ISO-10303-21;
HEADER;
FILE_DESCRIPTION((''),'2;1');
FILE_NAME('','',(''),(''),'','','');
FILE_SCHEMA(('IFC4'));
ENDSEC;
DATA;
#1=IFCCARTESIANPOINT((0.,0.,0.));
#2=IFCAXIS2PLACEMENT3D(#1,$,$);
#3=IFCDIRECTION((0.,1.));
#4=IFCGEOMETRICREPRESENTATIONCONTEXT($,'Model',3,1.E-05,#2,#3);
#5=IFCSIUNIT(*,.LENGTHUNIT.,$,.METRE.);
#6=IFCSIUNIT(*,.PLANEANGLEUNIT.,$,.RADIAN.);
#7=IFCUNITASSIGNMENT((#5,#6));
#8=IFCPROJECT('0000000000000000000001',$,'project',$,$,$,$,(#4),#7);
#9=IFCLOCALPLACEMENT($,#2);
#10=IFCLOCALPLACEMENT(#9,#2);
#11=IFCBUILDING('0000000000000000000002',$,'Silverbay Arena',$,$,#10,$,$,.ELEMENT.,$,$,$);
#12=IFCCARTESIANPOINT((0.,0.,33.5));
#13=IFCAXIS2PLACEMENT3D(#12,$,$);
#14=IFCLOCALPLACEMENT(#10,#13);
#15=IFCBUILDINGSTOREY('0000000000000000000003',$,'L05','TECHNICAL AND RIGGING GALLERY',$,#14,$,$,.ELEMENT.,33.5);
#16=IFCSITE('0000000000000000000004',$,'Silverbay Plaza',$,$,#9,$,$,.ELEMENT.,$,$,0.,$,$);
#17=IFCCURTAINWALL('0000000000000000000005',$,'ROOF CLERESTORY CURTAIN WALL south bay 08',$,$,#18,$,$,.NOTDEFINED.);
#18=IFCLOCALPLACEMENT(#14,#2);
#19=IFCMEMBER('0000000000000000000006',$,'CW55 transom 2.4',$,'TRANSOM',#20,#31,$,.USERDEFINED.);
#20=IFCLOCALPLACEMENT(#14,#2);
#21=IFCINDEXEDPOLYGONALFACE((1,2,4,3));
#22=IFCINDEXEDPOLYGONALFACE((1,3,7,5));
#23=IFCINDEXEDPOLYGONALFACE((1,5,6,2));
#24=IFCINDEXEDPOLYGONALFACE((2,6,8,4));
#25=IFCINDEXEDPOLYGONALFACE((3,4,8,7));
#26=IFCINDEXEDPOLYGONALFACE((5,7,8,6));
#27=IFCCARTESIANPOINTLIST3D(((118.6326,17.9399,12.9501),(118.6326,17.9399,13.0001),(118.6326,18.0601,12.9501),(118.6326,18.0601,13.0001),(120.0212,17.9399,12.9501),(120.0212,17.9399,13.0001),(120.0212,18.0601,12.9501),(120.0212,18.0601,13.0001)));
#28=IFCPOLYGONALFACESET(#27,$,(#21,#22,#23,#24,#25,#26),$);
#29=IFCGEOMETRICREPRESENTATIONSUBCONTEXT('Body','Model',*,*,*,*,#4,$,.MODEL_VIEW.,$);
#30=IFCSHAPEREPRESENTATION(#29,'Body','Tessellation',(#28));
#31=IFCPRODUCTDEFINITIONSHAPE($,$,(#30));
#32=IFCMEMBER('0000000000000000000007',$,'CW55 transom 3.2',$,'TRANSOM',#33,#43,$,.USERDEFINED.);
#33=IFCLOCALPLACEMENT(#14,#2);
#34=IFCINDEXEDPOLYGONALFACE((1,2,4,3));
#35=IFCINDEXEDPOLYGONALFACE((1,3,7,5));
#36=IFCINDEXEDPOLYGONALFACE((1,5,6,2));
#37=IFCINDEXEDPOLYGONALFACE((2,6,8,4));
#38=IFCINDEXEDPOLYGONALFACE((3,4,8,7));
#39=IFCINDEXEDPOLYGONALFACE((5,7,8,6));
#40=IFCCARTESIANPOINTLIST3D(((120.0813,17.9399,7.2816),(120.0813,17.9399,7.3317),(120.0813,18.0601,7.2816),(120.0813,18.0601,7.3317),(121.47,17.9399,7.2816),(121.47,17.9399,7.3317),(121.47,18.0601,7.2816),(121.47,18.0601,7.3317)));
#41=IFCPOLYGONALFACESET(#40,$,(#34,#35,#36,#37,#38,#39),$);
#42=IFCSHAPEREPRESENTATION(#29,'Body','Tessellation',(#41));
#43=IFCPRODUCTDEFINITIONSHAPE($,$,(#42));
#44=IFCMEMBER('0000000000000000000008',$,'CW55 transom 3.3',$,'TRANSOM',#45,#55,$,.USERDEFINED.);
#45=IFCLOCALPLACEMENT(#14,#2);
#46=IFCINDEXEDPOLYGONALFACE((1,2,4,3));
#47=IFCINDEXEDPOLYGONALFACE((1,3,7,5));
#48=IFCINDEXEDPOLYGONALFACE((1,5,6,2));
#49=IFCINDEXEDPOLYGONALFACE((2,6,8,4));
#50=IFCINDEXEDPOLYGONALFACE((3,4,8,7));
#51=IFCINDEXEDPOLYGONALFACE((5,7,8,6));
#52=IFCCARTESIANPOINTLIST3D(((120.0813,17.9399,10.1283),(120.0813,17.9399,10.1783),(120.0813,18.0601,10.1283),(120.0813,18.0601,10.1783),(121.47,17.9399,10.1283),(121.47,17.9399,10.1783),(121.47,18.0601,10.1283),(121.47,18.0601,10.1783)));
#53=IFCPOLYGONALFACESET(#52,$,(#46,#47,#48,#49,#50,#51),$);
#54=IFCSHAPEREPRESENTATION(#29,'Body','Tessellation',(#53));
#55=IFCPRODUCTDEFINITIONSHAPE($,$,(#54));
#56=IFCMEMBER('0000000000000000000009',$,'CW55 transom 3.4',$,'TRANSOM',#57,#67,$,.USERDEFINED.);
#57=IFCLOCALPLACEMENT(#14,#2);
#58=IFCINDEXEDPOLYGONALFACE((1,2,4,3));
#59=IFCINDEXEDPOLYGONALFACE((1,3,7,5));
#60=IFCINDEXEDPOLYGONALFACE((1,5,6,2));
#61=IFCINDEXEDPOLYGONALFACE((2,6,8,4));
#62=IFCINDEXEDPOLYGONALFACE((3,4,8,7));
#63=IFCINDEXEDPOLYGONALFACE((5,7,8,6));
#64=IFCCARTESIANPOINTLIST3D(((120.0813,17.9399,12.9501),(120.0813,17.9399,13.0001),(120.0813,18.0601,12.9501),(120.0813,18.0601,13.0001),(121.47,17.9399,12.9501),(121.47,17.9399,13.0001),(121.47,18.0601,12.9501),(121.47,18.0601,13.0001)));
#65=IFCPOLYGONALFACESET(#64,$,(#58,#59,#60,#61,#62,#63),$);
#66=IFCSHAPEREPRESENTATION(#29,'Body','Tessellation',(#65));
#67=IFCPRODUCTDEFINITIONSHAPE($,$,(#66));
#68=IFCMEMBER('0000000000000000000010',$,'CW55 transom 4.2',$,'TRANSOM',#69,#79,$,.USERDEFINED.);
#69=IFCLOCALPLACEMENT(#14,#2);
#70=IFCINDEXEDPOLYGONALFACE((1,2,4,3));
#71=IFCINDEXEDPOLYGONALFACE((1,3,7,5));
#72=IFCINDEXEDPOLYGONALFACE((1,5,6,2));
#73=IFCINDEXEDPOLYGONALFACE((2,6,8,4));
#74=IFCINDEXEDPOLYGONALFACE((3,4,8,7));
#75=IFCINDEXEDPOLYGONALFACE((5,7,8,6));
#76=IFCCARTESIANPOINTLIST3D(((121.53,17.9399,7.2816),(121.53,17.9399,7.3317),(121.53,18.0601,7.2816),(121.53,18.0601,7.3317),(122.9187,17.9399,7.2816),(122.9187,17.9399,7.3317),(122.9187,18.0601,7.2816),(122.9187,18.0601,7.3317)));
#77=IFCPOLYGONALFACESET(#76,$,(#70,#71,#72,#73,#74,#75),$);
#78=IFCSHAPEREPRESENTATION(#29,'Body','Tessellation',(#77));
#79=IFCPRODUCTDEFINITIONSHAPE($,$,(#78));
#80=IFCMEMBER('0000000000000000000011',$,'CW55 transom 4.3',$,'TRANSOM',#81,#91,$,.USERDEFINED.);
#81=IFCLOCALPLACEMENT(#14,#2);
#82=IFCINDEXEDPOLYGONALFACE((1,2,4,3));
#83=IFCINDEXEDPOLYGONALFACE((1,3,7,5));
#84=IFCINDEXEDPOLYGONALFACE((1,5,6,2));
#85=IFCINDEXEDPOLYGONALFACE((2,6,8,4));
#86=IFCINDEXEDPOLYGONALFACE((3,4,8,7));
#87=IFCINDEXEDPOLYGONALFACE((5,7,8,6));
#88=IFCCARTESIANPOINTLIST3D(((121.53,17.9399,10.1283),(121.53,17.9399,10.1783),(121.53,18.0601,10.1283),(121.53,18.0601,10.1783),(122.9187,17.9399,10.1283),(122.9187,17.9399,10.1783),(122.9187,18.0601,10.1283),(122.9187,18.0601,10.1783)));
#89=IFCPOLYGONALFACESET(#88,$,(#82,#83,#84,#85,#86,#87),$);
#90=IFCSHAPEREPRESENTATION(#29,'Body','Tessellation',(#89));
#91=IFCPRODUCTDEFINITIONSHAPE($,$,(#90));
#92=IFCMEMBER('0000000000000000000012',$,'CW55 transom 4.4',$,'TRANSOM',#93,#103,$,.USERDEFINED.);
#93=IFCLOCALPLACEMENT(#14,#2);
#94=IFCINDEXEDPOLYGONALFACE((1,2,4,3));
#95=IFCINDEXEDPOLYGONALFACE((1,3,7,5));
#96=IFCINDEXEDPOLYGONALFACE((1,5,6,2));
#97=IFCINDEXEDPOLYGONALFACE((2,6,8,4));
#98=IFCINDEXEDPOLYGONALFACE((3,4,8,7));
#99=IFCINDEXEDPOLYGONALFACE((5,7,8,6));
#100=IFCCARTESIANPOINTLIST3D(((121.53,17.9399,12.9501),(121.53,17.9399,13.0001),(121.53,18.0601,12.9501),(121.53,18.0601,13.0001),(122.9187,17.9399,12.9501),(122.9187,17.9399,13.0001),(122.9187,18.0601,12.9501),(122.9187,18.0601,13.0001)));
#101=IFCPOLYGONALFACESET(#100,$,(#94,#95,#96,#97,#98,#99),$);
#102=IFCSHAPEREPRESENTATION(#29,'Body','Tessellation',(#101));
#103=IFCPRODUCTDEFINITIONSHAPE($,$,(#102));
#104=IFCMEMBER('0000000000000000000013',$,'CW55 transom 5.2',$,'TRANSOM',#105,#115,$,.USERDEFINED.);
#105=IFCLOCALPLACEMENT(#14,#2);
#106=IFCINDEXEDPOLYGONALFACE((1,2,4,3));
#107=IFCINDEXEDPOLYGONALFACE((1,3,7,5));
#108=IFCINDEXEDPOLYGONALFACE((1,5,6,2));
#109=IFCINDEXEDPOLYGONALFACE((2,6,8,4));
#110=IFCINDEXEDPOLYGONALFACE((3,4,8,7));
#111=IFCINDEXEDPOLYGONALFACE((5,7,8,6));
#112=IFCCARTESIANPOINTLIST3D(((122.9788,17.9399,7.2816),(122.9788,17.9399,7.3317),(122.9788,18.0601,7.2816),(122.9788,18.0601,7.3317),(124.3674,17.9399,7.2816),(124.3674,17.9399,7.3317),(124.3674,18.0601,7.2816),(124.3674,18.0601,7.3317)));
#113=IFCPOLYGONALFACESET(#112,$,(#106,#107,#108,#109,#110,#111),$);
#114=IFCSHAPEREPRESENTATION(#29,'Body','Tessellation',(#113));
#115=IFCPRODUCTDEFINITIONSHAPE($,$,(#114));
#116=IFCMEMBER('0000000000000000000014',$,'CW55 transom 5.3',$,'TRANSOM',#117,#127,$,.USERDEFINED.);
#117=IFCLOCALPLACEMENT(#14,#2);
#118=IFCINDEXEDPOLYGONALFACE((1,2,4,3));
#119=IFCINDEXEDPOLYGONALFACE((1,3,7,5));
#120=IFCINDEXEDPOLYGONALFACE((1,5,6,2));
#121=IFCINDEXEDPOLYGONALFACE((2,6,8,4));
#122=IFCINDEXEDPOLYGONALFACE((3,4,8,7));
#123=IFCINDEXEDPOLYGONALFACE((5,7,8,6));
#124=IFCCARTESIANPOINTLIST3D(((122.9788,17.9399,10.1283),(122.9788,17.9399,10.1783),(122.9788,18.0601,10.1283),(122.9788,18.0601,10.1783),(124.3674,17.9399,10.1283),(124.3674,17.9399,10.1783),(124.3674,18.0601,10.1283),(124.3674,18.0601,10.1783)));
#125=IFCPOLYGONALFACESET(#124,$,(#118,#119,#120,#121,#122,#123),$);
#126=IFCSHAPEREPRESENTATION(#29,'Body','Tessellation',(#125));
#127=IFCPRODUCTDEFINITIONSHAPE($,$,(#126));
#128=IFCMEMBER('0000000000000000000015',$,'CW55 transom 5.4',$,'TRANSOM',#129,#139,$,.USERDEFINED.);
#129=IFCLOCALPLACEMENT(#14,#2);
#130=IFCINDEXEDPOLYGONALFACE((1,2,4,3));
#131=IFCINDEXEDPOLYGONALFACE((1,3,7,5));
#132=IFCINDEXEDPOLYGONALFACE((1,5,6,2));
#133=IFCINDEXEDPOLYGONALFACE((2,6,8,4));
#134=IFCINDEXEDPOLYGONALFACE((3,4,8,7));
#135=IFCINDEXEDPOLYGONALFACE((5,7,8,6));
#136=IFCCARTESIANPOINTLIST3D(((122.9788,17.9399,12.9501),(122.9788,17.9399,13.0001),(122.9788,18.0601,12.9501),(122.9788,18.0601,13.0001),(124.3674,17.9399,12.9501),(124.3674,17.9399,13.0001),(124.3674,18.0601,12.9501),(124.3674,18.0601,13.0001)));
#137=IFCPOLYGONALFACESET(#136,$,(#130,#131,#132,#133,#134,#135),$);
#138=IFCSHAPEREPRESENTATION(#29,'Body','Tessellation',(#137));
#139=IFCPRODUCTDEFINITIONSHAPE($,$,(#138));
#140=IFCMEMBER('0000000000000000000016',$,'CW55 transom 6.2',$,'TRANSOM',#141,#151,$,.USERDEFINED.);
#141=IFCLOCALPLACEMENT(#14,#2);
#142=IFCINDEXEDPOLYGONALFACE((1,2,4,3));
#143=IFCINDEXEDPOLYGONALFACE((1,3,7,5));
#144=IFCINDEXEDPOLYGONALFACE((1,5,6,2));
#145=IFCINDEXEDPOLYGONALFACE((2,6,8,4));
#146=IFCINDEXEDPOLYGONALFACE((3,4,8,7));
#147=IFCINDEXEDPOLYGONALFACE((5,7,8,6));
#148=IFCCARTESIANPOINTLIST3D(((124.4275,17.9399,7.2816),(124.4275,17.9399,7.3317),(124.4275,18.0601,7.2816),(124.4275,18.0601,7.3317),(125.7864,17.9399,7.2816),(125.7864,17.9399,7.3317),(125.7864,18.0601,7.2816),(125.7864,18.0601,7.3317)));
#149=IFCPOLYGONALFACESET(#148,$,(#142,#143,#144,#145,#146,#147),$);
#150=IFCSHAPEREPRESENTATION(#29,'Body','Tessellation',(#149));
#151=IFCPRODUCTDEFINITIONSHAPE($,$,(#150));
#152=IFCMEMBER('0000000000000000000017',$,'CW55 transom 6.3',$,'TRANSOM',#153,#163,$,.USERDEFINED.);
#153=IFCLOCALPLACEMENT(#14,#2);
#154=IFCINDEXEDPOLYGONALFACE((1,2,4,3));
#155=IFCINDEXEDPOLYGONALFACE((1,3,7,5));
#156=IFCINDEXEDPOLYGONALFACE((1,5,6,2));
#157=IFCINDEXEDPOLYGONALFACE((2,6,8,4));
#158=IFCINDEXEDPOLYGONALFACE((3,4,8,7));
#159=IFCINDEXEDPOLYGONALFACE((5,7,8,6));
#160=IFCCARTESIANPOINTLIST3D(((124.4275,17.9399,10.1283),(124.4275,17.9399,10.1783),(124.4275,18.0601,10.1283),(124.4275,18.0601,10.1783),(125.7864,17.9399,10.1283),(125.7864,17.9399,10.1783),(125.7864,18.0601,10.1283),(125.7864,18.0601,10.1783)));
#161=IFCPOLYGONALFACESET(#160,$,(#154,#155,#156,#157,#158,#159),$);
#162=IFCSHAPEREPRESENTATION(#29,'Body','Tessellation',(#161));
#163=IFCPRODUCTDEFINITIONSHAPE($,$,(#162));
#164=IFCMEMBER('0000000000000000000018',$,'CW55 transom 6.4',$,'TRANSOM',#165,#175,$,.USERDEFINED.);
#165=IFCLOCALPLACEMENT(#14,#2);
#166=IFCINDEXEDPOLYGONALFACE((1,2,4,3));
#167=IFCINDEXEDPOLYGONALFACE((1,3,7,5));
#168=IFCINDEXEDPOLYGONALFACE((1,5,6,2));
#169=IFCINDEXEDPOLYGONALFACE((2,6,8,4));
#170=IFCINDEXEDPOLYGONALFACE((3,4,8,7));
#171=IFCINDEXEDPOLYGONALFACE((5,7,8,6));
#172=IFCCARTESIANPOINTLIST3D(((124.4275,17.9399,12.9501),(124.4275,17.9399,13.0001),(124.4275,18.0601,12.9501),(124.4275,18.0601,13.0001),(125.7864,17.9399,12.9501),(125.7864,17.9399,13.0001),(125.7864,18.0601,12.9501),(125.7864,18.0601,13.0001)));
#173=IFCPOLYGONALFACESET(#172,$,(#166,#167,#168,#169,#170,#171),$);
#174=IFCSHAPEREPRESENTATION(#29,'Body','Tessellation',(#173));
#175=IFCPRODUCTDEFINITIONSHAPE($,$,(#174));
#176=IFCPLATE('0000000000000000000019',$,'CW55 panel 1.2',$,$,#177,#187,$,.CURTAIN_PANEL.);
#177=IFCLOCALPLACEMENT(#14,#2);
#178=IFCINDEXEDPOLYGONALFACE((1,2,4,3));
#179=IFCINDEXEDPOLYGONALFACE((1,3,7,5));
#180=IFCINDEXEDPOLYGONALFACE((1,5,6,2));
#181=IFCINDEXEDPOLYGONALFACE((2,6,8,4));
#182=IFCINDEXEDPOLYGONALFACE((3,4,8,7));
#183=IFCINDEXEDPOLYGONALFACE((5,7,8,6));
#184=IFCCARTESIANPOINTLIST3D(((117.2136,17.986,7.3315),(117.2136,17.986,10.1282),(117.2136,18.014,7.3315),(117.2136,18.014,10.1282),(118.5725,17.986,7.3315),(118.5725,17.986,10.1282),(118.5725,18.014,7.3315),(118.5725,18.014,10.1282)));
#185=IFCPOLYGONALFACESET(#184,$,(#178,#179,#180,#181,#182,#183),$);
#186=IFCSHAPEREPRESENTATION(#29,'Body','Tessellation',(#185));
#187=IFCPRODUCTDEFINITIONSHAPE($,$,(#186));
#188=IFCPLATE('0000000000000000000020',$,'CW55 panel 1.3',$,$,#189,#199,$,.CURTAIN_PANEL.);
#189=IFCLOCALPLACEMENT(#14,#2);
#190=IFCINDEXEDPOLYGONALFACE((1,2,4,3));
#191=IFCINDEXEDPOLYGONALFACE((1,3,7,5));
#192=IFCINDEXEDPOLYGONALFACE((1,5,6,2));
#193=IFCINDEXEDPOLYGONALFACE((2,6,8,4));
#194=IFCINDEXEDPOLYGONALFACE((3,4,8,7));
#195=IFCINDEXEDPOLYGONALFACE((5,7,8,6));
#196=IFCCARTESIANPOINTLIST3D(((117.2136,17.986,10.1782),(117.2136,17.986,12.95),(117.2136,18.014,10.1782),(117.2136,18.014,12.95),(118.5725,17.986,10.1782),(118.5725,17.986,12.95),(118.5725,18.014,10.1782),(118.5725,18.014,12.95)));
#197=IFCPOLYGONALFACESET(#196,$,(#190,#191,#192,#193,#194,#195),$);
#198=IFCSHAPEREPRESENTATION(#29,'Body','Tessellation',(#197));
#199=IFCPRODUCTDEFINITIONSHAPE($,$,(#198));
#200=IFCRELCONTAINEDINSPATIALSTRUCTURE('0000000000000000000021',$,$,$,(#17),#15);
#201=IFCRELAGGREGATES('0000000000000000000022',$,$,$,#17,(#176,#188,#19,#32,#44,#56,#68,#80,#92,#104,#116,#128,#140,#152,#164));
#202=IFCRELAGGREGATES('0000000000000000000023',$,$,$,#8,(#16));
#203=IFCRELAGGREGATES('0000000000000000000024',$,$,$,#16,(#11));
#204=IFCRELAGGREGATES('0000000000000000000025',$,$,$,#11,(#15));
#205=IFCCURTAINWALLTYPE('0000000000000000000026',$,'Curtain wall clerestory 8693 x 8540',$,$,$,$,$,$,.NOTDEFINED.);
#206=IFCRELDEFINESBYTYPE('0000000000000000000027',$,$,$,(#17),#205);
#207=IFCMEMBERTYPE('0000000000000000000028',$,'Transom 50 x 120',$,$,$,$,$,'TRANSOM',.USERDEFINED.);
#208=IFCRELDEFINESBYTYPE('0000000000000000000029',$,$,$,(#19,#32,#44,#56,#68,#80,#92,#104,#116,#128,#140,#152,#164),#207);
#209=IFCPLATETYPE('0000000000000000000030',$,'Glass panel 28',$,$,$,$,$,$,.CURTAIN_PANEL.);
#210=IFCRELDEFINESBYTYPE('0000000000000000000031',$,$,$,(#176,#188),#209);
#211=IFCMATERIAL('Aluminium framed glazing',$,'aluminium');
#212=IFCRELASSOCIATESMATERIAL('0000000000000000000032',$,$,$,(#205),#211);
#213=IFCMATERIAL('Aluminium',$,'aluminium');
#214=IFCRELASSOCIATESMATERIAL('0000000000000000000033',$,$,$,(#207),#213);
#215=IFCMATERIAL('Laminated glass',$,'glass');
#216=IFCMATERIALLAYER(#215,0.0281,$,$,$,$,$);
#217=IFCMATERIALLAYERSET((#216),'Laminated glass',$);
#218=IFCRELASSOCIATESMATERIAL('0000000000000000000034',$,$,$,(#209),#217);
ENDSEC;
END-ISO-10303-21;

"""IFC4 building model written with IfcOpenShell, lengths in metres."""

from ifc_helpers import new_model, si_unit, direction, frame, origin, origin_2d, place, context, subcontext, project, spatial, rectangle, extrude, material, layer, layer_set, material_profile, profile_set, type_object, element, aggregate, save


model = new_model("IFC4")

# Units and contexts
model_context = context("Model", 3, precision=1e-05, world=origin(), true_north=direction((0.0, 1.0)))
body_context = subcontext(model_context, "Body", "Model", "MODEL_VIEW")
ifc_project = project(units=[si_unit("LENGTHUNIT", "METRE"), si_unit("PLANEANGLEUNIT", "RADIAN")], contexts=[model_context])

# Site, building, storey
site_placement = place(None, origin())
site = spatial("IfcSite", under=ifc_project, at=site_placement, Name="Silverbay Plaza", CompositionType="ELEMENT", RefElevation=0.0)
building_placement = place(site_placement, origin())
building = spatial("IfcBuilding", under=site, at=building_placement, Name="Silverbay Arena", CompositionType="ELEMENT")
storey_placement = place(building_placement, frame((0.0, 0.0, 33.5)))
storey = spatial("IfcBuildingStorey", under=building, at=storey_placement, Name="L05", Description="TECHNICAL AND RIGGING GALLERY", CompositionType="ELEMENT", Elevation=33.5)

# Curtain wall, members, plates
ifc_material_1 = material(Name="Aluminium framed glazing", Category="aluminium")
curtain_wall_type = type_object("IfcCurtainWallType", Name="Curtain wall clerestory 8693 x 8540", PredefinedType="NOTDEFINED", material=ifc_material_1)
curtain_wall_placement = place(storey_placement, origin())
curtain_wall = element("IfcCurtainWall", 1, at=curtain_wall_placement, inside=storey, type_object=curtain_wall_type, Name="ROOF CLERESTORY CURTAIN WALL south bay 08", PredefinedType="NOTDEFINED")
ifc_material_2 = material(Name="Aluminium", Category="aluminium")
ifc_material_profile_1 = material_profile(ifc_material_2, rectangle(XDim=0.1201, YDim=0.05, at=origin_2d()), Name="Transom 50 x 120")
ifc_profile_set_1 = profile_set([ifc_material_profile_1], Name="Aluminium")
member_type_1 = type_object("IfcMemberType", Name="Transom 50 x 120", ElementType="TRANSOM", PredefinedType="USERDEFINED", material=ifc_profile_set_1)
member_1_placement = place(storey_placement, frame((118.6326, 18.0, 12.9751), z_axis=(1.0, 0.0, 0.0), x_axis=(0.0, 1.0, 0.0)))
member_1 = element("IfcMember", 2, at=member_1_placement, type_object=member_type_1, Name="CW55 transom 2.4", ObjectType="TRANSOM", PredefinedType="USERDEFINED", context=body_context, shape_type="SweptSolid", body=[
    extrude(rectangle(XDim=0.1201, YDim=0.05, at=origin_2d()), origin(), (0.0, 0.0, 1.0), 1.3887),
])
member_2_placement = place(storey_placement, frame((120.0813, 18.0, 7.3066), z_axis=(1.0, 0.0, 0.0), x_axis=(0.0, 1.0, 0.0)))
member_2 = element("IfcMember", 3, at=member_2_placement, type_object=member_type_1, Name="CW55 transom 3.2", ObjectType="TRANSOM", PredefinedType="USERDEFINED", context=body_context, shape_type="SweptSolid", body=[
    extrude(rectangle(XDim=0.1201, YDim=0.05, at=origin_2d()), origin(), (0.0, 0.0, 1.0), 1.3887),
])
member_3_placement = place(storey_placement, frame((120.0813, 18.0, 10.1533), z_axis=(1.0, 0.0, 0.0), x_axis=(0.0, 1.0, 0.0)))
member_3 = element("IfcMember", 4, at=member_3_placement, type_object=member_type_1, Name="CW55 transom 3.3", ObjectType="TRANSOM", PredefinedType="USERDEFINED", context=body_context, shape_type="SweptSolid", body=[
    extrude(rectangle(XDim=0.1201, YDim=0.05, at=origin_2d()), origin(), (0.0, 0.0, 1.0), 1.3887),
])
member_4_placement = place(storey_placement, frame((120.0813, 18.0, 12.9751), z_axis=(1.0, 0.0, 0.0), x_axis=(0.0, 1.0, 0.0)))
member_4 = element("IfcMember", 5, at=member_4_placement, type_object=member_type_1, Name="CW55 transom 3.4", ObjectType="TRANSOM", PredefinedType="USERDEFINED", context=body_context, shape_type="SweptSolid", body=[
    extrude(rectangle(XDim=0.1201, YDim=0.05, at=origin_2d()), origin(), (0.0, 0.0, 1.0), 1.3887),
])
member_5_placement = place(storey_placement, frame((121.53, 18.0, 7.3066), z_axis=(1.0, 0.0, 0.0), x_axis=(0.0, 1.0, 0.0)))
member_5 = element("IfcMember", 6, at=member_5_placement, type_object=member_type_1, Name="CW55 transom 4.2", ObjectType="TRANSOM", PredefinedType="USERDEFINED", context=body_context, shape_type="SweptSolid", body=[
    extrude(rectangle(XDim=0.1201, YDim=0.05, at=origin_2d()), origin(), (0.0, 0.0, 1.0), 1.3887),
])
member_6_placement = place(storey_placement, frame((121.53, 18.0, 10.1533), z_axis=(1.0, 0.0, 0.0), x_axis=(0.0, 1.0, 0.0)))
member_6 = element("IfcMember", 7, at=member_6_placement, type_object=member_type_1, Name="CW55 transom 4.3", ObjectType="TRANSOM", PredefinedType="USERDEFINED", context=body_context, shape_type="SweptSolid", body=[
    extrude(rectangle(XDim=0.1201, YDim=0.05, at=origin_2d()), origin(), (0.0, 0.0, 1.0), 1.3887),
])
member_7_placement = place(storey_placement, frame((121.53, 18.0, 12.9751), z_axis=(1.0, 0.0, 0.0), x_axis=(0.0, 1.0, 0.0)))
member_7 = element("IfcMember", 8, at=member_7_placement, type_object=member_type_1, Name="CW55 transom 4.4", ObjectType="TRANSOM", PredefinedType="USERDEFINED", context=body_context, shape_type="SweptSolid", body=[
    extrude(rectangle(XDim=0.1201, YDim=0.05, at=origin_2d()), origin(), (0.0, 0.0, 1.0), 1.3887),
])
member_8_placement = place(storey_placement, frame((122.9788, 18.0, 7.3066), z_axis=(1.0, 0.0, 0.0), x_axis=(0.0, 1.0, 0.0)))
member_8 = element("IfcMember", 9, at=member_8_placement, type_object=member_type_1, Name="CW55 transom 5.2", ObjectType="TRANSOM", PredefinedType="USERDEFINED", context=body_context, shape_type="SweptSolid", body=[
    extrude(rectangle(XDim=0.1201, YDim=0.05, at=origin_2d()), origin(), (0.0, 0.0, 1.0), 1.3887),
])
member_9_placement = place(storey_placement, frame((122.9788, 18.0, 10.1533), z_axis=(1.0, 0.0, 0.0), x_axis=(0.0, 1.0, 0.0)))
member_9 = element("IfcMember", 10, at=member_9_placement, type_object=member_type_1, Name="CW55 transom 5.3", ObjectType="TRANSOM", PredefinedType="USERDEFINED", context=body_context, shape_type="SweptSolid", body=[
    extrude(rectangle(XDim=0.1201, YDim=0.05, at=origin_2d()), origin(), (0.0, 0.0, 1.0), 1.3887),
])
member_10_placement = place(storey_placement, frame((122.9788, 18.0, 12.9751), z_axis=(1.0, 0.0, 0.0), x_axis=(0.0, 1.0, 0.0)))
member_10 = element("IfcMember", 11, at=member_10_placement, type_object=member_type_1, Name="CW55 transom 5.4", ObjectType="TRANSOM", PredefinedType="USERDEFINED", context=body_context, shape_type="SweptSolid", body=[
    extrude(rectangle(XDim=0.1201, YDim=0.05, at=origin_2d()), origin(), (0.0, 0.0, 1.0), 1.3887),
])
member_11_placement = place(storey_placement, frame((124.4275, 18.0, 7.3066), z_axis=(1.0, 0.0, 0.0), x_axis=(0.0, 1.0, 0.0)))
member_11 = element("IfcMember", 12, at=member_11_placement, type_object=member_type_1, Name="CW55 transom 6.2", ObjectType="TRANSOM", PredefinedType="USERDEFINED", context=body_context, shape_type="SweptSolid", body=[
    extrude(rectangle(XDim=0.1201, YDim=0.05, at=origin_2d()), origin(), (0.0, 0.0, 1.0), 1.3589),
])
member_12_placement = place(storey_placement, frame((124.4275, 18.0, 10.1533), z_axis=(1.0, 0.0, 0.0), x_axis=(0.0, 1.0, 0.0)))
member_12 = element("IfcMember", 13, at=member_12_placement, type_object=member_type_1, Name="CW55 transom 6.3", ObjectType="TRANSOM", PredefinedType="USERDEFINED", context=body_context, shape_type="SweptSolid", body=[
    extrude(rectangle(XDim=0.1201, YDim=0.05, at=origin_2d()), origin(), (0.0, 0.0, 1.0), 1.3589),
])
member_13_placement = place(storey_placement, frame((124.4275, 18.0, 12.9751), z_axis=(1.0, 0.0, 0.0), x_axis=(0.0, 1.0, 0.0)))
member_13 = element("IfcMember", 14, at=member_13_placement, type_object=member_type_1, Name="CW55 transom 6.4", ObjectType="TRANSOM", PredefinedType="USERDEFINED", context=body_context, shape_type="SweptSolid", body=[
    extrude(rectangle(XDim=0.1201, YDim=0.05, at=origin_2d()), origin(), (0.0, 0.0, 1.0), 1.3589),
])
ifc_material_3 = material(Name="Laminated glass", Category="glass")
ifc_layer = layer(ifc_material_3, 0.0281)
ifc_layer_set = layer_set([ifc_layer], Name="Laminated glass")
plate_type = type_object("IfcPlateType", Name="Glass panel 28", PredefinedType="CURTAIN_PANEL", material=ifc_layer_set)
plate_1_placement = place(storey_placement, frame((117.8931, 18.0, 7.3315), z_axis=(0.0, 0.0, 1.0), x_axis=(1.0, 0.0, 0.0)))
plate_1 = element("IfcPlate", 15, at=plate_1_placement, type_object=plate_type, Name="CW55 panel 1.2", PredefinedType="CURTAIN_PANEL", context=body_context, shape_type="SweptSolid", body=[
    extrude(rectangle(XDim=1.3589, YDim=0.0281, at=origin_2d()), origin(), (0.0, 0.0, 1.0), 2.7966),
])
plate_2_placement = place(storey_placement, frame((117.8931, 18.0, 10.1782), z_axis=(0.0, 0.0, 1.0), x_axis=(1.0, 0.0, 0.0)))
plate_2 = element("IfcPlate", 16, at=plate_2_placement, type_object=plate_type, Name="CW55 panel 1.3", PredefinedType="CURTAIN_PANEL", context=body_context, shape_type="SweptSolid", body=[
    extrude(rectangle(XDim=1.3589, YDim=0.0281, at=origin_2d()), origin(), (0.0, 0.0, 1.0), 2.7717),
])
aggregate(curtain_wall, [plate_1, plate_2, member_1, member_2, member_3, member_4, member_5, member_6, member_7, member_8, member_9, member_10, member_11, member_12, member_13])

save(model, "model.ifc")
